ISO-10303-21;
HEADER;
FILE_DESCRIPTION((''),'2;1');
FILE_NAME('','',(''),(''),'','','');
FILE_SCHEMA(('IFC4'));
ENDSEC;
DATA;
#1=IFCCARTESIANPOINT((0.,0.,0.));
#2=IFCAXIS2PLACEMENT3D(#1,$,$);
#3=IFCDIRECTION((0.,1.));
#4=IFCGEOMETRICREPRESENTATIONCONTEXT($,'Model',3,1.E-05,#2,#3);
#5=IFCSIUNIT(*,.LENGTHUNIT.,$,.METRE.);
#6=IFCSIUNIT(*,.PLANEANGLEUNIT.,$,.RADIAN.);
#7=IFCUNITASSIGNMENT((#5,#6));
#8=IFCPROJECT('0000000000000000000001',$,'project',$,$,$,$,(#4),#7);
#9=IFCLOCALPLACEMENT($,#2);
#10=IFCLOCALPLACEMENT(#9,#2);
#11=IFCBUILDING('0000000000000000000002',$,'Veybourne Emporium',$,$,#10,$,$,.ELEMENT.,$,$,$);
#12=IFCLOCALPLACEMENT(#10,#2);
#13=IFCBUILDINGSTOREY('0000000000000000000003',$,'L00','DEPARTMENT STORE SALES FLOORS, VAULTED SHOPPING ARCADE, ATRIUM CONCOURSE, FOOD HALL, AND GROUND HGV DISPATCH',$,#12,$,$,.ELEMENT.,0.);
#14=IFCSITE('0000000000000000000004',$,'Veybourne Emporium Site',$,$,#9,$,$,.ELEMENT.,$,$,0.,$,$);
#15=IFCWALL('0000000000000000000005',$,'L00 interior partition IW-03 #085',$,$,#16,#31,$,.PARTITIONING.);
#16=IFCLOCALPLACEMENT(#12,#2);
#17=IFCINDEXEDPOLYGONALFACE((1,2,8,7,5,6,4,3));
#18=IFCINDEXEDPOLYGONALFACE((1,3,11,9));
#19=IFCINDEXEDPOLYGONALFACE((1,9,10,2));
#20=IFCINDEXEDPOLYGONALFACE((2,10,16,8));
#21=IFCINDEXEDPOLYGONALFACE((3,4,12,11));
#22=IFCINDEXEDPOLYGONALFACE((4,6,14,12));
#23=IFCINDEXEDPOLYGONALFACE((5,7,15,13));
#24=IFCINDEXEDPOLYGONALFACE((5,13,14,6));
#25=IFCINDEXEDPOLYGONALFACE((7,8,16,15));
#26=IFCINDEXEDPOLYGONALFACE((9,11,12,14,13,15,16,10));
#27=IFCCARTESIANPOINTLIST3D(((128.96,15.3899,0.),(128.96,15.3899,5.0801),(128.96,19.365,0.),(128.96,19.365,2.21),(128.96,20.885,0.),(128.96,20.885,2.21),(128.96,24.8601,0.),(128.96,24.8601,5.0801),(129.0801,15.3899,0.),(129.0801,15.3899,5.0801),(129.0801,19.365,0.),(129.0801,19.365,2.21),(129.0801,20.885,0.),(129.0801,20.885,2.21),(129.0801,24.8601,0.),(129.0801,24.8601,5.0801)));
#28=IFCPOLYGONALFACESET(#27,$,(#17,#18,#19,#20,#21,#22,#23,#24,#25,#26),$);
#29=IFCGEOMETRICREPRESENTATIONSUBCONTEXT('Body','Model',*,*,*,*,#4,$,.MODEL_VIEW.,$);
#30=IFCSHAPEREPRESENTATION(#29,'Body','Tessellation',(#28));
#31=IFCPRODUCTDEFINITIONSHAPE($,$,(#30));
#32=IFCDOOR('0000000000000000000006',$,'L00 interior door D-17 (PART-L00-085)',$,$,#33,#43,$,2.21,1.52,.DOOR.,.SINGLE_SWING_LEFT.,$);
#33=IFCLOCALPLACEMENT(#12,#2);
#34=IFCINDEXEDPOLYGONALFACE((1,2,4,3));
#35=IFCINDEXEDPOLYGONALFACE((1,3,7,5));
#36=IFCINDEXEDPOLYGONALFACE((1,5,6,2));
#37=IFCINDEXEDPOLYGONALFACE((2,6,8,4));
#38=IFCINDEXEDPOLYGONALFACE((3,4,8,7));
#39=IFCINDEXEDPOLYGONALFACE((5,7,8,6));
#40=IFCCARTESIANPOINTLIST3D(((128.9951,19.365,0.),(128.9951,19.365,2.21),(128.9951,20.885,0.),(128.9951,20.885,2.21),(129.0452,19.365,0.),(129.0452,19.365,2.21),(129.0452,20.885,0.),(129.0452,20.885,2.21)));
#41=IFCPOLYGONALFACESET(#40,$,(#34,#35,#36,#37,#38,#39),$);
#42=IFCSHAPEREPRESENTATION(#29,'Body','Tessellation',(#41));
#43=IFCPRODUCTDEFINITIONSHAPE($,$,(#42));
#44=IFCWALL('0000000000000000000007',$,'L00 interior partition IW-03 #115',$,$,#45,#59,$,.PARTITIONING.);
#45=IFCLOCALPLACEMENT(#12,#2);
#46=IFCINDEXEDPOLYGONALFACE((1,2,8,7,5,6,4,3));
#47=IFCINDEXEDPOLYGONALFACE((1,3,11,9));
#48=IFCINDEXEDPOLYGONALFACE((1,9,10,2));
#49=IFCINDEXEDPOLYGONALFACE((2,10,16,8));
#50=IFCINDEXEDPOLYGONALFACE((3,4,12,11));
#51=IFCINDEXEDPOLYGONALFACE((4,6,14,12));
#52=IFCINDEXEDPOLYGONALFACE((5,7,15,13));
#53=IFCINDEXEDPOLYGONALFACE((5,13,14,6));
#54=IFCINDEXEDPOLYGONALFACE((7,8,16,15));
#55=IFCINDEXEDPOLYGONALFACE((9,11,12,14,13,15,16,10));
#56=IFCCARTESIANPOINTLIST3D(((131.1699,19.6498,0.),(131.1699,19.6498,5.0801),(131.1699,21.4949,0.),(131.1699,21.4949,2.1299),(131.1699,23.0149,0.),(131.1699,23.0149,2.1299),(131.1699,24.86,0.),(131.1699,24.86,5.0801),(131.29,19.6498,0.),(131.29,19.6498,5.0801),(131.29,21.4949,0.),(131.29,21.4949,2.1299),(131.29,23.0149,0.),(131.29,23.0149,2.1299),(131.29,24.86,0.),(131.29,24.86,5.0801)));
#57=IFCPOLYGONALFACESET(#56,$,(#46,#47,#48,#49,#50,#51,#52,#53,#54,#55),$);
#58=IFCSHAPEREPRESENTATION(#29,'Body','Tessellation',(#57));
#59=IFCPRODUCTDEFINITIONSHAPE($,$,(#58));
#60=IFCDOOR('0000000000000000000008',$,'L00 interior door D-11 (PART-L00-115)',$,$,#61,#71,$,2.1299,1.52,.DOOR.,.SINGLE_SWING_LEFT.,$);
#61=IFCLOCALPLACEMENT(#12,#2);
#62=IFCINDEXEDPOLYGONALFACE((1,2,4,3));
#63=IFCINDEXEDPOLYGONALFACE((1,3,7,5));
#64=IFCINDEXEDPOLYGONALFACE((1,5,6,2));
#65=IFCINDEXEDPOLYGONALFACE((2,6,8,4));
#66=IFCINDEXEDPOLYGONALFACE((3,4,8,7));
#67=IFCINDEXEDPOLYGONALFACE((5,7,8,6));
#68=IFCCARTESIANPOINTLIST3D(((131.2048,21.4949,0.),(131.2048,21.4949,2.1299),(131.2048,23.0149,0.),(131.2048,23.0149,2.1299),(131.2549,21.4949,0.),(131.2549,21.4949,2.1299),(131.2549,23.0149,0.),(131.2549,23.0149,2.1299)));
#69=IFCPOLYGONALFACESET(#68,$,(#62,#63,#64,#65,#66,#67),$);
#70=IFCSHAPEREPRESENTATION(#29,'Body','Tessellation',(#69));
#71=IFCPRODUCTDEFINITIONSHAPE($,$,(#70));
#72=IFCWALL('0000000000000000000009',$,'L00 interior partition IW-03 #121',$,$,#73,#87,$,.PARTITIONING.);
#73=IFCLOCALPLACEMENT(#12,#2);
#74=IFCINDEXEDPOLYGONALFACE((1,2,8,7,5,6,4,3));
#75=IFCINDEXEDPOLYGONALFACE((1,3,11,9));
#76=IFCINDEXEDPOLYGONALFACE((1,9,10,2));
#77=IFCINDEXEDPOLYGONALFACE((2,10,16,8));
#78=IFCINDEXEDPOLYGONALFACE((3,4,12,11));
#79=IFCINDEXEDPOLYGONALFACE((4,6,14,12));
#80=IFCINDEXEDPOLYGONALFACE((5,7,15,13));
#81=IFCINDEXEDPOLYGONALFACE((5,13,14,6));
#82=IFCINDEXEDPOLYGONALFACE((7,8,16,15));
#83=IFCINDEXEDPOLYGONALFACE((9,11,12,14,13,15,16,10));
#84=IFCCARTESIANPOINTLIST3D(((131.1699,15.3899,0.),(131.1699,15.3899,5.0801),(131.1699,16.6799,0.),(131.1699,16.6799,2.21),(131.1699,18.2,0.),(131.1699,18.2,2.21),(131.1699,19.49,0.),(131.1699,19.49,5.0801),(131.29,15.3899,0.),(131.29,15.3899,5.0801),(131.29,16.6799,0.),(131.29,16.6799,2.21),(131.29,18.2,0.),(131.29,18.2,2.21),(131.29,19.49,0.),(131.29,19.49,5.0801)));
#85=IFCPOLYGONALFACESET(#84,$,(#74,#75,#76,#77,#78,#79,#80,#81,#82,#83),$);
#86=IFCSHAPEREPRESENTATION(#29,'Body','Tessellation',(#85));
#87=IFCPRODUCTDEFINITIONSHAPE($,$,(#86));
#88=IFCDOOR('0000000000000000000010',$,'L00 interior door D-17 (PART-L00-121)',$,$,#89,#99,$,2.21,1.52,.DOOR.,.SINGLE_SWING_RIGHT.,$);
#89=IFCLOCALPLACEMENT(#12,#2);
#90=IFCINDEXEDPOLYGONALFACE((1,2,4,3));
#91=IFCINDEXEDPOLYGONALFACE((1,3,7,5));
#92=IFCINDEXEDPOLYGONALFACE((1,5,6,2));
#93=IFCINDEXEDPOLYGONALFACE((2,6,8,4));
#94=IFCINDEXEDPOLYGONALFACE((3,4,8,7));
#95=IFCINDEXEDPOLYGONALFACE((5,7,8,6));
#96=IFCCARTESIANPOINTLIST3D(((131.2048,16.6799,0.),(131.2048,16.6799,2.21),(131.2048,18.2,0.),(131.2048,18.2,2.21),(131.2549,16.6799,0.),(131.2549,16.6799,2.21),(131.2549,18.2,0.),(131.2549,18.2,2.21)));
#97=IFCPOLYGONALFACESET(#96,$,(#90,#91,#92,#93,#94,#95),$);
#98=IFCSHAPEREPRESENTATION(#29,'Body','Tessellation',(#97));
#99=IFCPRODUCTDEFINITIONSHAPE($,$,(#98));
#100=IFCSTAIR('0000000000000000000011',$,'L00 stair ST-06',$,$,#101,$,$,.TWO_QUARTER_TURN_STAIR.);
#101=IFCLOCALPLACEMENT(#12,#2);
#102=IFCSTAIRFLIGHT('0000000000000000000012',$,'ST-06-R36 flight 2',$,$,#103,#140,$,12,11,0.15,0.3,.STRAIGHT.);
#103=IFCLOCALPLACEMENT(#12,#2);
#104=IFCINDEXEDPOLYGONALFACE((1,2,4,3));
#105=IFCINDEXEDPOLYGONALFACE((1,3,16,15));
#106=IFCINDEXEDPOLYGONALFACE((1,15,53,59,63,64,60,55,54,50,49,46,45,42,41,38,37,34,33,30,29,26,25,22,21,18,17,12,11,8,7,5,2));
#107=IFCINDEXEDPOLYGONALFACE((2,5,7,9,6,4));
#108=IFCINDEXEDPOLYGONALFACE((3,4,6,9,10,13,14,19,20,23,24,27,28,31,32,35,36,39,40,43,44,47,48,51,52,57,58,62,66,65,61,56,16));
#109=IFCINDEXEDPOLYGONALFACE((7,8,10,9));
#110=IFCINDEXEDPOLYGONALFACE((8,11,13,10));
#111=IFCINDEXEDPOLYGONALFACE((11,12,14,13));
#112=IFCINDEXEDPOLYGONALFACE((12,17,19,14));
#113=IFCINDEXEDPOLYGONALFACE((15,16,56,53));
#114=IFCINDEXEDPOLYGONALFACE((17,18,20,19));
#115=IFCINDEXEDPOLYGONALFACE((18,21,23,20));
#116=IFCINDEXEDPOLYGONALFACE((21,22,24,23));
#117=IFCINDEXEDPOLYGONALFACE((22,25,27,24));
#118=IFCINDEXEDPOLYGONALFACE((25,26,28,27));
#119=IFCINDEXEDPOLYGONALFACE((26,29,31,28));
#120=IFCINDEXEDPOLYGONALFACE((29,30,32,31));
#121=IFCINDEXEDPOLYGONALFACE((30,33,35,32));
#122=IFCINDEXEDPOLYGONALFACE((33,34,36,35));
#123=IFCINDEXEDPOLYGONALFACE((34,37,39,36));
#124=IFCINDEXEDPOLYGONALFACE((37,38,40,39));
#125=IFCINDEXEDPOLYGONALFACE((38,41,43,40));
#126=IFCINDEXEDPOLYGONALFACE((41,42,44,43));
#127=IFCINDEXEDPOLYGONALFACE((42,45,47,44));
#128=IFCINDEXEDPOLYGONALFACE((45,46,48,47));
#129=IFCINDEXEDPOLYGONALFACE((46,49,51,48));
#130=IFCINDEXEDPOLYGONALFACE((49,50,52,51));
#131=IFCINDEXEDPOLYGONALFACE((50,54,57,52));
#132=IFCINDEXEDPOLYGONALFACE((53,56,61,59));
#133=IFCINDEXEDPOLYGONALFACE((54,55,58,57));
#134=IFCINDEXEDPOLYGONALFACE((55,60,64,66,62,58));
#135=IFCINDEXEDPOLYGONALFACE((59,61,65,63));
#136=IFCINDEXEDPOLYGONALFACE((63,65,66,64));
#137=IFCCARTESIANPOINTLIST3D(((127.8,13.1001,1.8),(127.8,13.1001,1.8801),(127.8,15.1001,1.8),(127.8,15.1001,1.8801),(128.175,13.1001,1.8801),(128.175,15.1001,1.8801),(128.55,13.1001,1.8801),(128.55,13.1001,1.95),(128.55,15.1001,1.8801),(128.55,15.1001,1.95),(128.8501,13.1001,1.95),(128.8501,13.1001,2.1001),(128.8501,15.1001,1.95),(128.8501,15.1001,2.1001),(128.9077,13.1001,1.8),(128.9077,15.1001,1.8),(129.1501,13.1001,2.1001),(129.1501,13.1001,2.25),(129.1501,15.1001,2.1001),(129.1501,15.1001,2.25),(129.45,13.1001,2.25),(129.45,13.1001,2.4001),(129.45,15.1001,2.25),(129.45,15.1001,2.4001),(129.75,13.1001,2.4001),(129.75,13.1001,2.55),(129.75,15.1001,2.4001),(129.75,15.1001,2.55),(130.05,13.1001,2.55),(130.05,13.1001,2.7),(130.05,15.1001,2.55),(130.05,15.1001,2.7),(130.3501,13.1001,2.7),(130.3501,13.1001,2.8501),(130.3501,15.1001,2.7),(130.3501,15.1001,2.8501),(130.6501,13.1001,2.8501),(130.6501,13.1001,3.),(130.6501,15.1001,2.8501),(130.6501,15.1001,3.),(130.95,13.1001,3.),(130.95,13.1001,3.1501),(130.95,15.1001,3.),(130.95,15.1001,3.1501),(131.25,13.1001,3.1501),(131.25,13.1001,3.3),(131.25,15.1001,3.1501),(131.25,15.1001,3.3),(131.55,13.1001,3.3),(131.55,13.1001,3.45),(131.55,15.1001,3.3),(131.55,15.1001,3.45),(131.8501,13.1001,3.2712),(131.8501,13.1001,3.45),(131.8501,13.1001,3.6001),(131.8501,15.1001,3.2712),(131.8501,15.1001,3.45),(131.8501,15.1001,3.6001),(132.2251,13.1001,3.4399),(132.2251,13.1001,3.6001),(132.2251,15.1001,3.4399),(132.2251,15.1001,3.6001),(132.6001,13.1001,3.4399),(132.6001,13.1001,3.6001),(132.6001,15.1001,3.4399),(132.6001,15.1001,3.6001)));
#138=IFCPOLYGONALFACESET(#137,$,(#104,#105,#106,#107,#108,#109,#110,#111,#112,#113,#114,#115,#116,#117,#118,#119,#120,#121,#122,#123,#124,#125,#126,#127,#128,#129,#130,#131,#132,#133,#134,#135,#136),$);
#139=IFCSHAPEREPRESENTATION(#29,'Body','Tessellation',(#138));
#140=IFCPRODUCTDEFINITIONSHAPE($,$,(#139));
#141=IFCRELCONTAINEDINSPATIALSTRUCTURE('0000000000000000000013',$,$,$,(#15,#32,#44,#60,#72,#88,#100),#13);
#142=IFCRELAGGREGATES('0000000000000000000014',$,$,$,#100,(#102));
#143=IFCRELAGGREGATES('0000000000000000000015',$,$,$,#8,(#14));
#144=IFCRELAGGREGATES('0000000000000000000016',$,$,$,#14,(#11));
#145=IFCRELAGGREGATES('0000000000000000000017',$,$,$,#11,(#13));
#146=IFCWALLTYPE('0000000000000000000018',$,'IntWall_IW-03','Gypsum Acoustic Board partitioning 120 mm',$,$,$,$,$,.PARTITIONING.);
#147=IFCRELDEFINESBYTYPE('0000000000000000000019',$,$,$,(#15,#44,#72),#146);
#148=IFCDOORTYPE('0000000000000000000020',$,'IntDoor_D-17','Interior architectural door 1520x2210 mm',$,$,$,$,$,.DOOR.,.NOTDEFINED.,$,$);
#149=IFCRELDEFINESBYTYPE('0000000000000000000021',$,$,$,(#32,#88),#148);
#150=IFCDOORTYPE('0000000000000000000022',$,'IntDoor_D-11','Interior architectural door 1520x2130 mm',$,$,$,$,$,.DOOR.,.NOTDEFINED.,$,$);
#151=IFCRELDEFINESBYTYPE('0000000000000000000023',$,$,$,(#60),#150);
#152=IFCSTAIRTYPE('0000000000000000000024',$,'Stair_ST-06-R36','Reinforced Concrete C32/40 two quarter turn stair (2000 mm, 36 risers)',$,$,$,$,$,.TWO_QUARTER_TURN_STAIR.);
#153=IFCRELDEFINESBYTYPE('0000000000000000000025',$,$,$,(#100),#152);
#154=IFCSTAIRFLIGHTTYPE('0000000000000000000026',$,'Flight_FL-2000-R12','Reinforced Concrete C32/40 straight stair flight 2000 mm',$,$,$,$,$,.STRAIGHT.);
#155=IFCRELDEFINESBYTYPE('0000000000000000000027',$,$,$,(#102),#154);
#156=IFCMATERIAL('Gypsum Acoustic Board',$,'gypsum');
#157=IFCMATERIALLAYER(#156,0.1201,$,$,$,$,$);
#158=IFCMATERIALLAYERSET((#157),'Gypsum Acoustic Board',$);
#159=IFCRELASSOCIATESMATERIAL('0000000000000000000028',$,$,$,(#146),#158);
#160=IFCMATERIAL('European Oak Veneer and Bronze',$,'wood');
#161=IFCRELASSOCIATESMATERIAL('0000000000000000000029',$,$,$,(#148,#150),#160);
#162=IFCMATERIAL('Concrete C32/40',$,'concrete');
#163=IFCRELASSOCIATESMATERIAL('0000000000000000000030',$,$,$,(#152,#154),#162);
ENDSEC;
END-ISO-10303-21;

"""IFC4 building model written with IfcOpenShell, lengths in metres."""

from ifc_helpers import new_model, si_unit, direction, frame, frame_2d, origin, place, context, subcontext, project, spatial, polyline, rectangle, outline, extrude, material, layer, layer_set, type_object, element, fill, aggregate, save


model = new_model("IFC4")

# Units and contexts
model_context = context("Model", 3, precision=1e-05, world=origin(), true_north=direction((0.0, 1.0)))
body_context = subcontext(model_context, "Body", "Model", "MODEL_VIEW")
ifc_project = project(units=[si_unit("LENGTHUNIT", "METRE"), si_unit("PLANEANGLEUNIT", "RADIAN")], contexts=[model_context])

# Site, building, storey
site_placement = place(None, origin())
site = spatial("IfcSite", under=ifc_project, at=site_placement, Name="Veybourne Emporium Site", CompositionType="ELEMENT", RefElevation=0.0)
building_placement = place(site_placement, origin())
building = spatial("IfcBuilding", under=site, at=building_placement, Name="Veybourne Emporium", CompositionType="ELEMENT")
storey_placement = place(building_placement, origin())
storey = spatial("IfcBuildingStorey", under=building, at=storey_placement, Name="L00", Description="DEPARTMENT STORE SALES FLOORS, VAULTED SHOPPING ARCADE, ATRIUM CONCOURSE, FOOD HALL, AND GROUND HGV DISPATCH", CompositionType="ELEMENT", Elevation=0.0)

# Shared definitions
ifc_material_1 = material(Name="Concrete C32/40", Category="concrete")

# Shared definitions
ifc_material_2 = material(Name="Gypsum Acoustic Board", Category="gypsum")
ifc_material_3 = material(Name="European Oak Veneer and Bronze", Category="wood")

# Walls, openings, doors
ifc_layer_1 = layer(ifc_material_2, 0.1201)
ifc_layer_set_1 = layer_set([ifc_layer_1], Name="Gypsum Acoustic Board")
wall_type_1 = type_object("IfcWallType", Name="IntWall_IW-03", Description="Gypsum Acoustic Board partitioning 120 mm", PredefinedType="PARTITIONING", material=ifc_layer_set_1)
wall_1_placement = place(storey_placement, frame((129.02, 15.3899, 0.0), z_axis=(0.0, 0.0, 1.0), x_axis=(0.0, 1.0, 0.0)))
wall_1 = element("IfcWall", 1, at=wall_1_placement, inside=storey, type_object=wall_type_1, Name="L00 interior partition IW-03 #085", PredefinedType="PARTITIONING", context=body_context, shape_type="SweptSolid", body=[
    extrude(rectangle(XDim=9.4702, YDim=0.1201, at=frame_2d((4.7351, 0.0))), origin(), (0.0, 0.0, 1.0), 5.0801),
])
opening_1_placement = place(wall_1_placement, frame((3.9751, 0.0, 0.0)))
opening_1 = element("IfcOpeningElement", 2, at=opening_1_placement, cuts=wall_1, PredefinedType="OPENING", context=body_context, shape_type="SweptSolid", body=[
    extrude(rectangle(XDim=1.52, YDim=2.21, at=frame_2d((0.76, 1.105))), frame((0.0, 0.0801, 0.0), z_axis=(0.0, -1.0, 0.0), x_axis=(1.0, 0.0, 0.0)), (0.0, 0.0, 1.0), 0.1602),
])
door_type_1 = type_object("IfcDoorType", Name="IntDoor_D-17", Description="Interior architectural door 1520x2210 mm", OperationType="NOTDEFINED", PredefinedType="DOOR", material=ifc_material_3)
door_1_placement = place(opening_1_placement, origin())
door_1 = element("IfcDoor", 3, at=door_1_placement, inside=storey, type_object=door_type_1, Name="L00 interior door D-17 (PART-L00-085)", OperationType="SINGLE_SWING_LEFT", OverallHeight=2.21, OverallWidth=1.52, PredefinedType="DOOR", context=body_context, shape_type="SweptSolid", body=[
    extrude(rectangle(XDim=1.52, YDim=2.21, at=frame_2d((0.76, 1.105))), frame((0.0, 0.0249, 0.0), z_axis=(0.0, -1.0, 0.0), x_axis=(1.0, 0.0, 0.0)), (0.0, 0.0, 1.0), 0.05),
])
fill(opening_1, door_1)
wall_2_placement = place(storey_placement, frame((131.23, 19.6499, 0.0), z_axis=(0.0, 0.0, 1.0), x_axis=(0.0, 1.0, 0.0)))
wall_2 = element("IfcWall", 4, at=wall_2_placement, inside=storey, type_object=wall_type_1, Name="L00 interior partition IW-03 #115", PredefinedType="PARTITIONING", context=body_context, shape_type="SweptSolid", body=[
    extrude(rectangle(XDim=5.2102, YDim=0.1201, at=frame_2d((2.605, 0.0))), origin(), (0.0, 0.0, 1.0), 5.0801),
])
opening_2_placement = place(wall_2_placement, frame((1.845, 0.0, 0.0)))
opening_2 = element("IfcOpeningElement", 5, at=opening_2_placement, cuts=wall_2, PredefinedType="OPENING", context=body_context, shape_type="SweptSolid", body=[
    extrude(rectangle(XDim=1.52, YDim=2.1299, at=frame_2d((0.76, 1.0649))), frame((0.0, 0.0801, 0.0), z_axis=(0.0, -1.0, 0.0), x_axis=(1.0, 0.0, 0.0)), (0.0, 0.0, 1.0), 0.1602),
])
door_type_2 = type_object("IfcDoorType", Name="IntDoor_D-11", Description="Interior architectural door 1520x2130 mm", OperationType="NOTDEFINED", PredefinedType="DOOR", material=ifc_material_3)
door_2_placement = place(opening_2_placement, frame((1.52, 0.0, 0.0), z_axis=(0.0, 0.0, 1.0), x_axis=(-1.0, 0.0, 0.0)))
door_2 = element("IfcDoor", 6, at=door_2_placement, inside=storey, type_object=door_type_2, Name="L00 interior door D-11 (PART-L00-115)", OperationType="SINGLE_SWING_LEFT", OverallHeight=2.1299, OverallWidth=1.52, PredefinedType="DOOR", context=body_context, shape_type="SweptSolid", body=[
    extrude(rectangle(XDim=1.52, YDim=2.1299, at=frame_2d((0.76, 1.0649))), frame((0.0, 0.0249, 0.0), z_axis=(0.0, -1.0, 0.0), x_axis=(1.0, 0.0, 0.0)), (0.0, 0.0, 1.0), 0.05),
])
fill(opening_2, door_2)
wall_3_placement = place(storey_placement, frame((131.23, 15.3899, 0.0), z_axis=(0.0, 0.0, 1.0), x_axis=(0.0, 1.0, 0.0)))
wall_3 = element("IfcWall", 7, at=wall_3_placement, inside=storey, type_object=wall_type_1, Name="L00 interior partition IW-03 #121", PredefinedType="PARTITIONING", context=body_context, shape_type="SweptSolid", body=[
    extrude(rectangle(XDim=4.1001, YDim=0.1201, at=frame_2d((2.05, 0.0))), origin(), (0.0, 0.0, 1.0), 5.0801),
])
opening_3_placement = place(wall_3_placement, frame((1.29, 0.0, 0.0)))
opening_3 = element("IfcOpeningElement", 8, at=opening_3_placement, cuts=wall_3, PredefinedType="OPENING", context=body_context, shape_type="SweptSolid", body=[
    extrude(rectangle(XDim=1.52, YDim=2.21, at=frame_2d((0.76, 1.105))), frame((0.0, 0.0801, 0.0), z_axis=(0.0, -1.0, 0.0), x_axis=(1.0, 0.0, 0.0)), (0.0, 0.0, 1.0), 0.1602),
])
door_3_placement = place(opening_3_placement, frame((1.52, 0.0, 0.0), z_axis=(0.0, 0.0, 1.0), x_axis=(-1.0, 0.0, 0.0)))
door_3 = element("IfcDoor", 9, at=door_3_placement, inside=storey, type_object=door_type_1, Name="L00 interior door D-17 (PART-L00-121)", OperationType="SINGLE_SWING_RIGHT", OverallHeight=2.21, OverallWidth=1.52, PredefinedType="DOOR", context=body_context, shape_type="SweptSolid", body=[
    extrude(rectangle(XDim=1.52, YDim=2.21, at=frame_2d((0.76, 1.105))), frame((0.0, 0.0249, 0.0), z_axis=(0.0, -1.0, 0.0), x_axis=(1.0, 0.0, 0.0)), (0.0, 0.0, 1.0), 0.05),
])
fill(opening_3, door_3)

# Stair, stair flight
stair_type = type_object("IfcStairType", Name="Stair_ST-06-R36", Description="Reinforced Concrete C32/40 two quarter turn stair (2000 mm, 36 risers)", PredefinedType="TWO_QUARTER_TURN_STAIR", material=ifc_material_1)
stair_placement = place(storey_placement, origin())
stair = element("IfcStair", 10, at=stair_placement, inside=storey, type_object=stair_type, Name="L00 stair ST-06", PredefinedType="TWO_QUARTER_TURN_STAIR")
stair_flight_type = type_object("IfcStairFlightType", Name="Flight_FL-2000-R12", Description="Reinforced Concrete C32/40 straight stair flight 2000 mm", PredefinedType="STRAIGHT", material=ifc_material_1)
stair_flight_placement = place(storey_placement, frame((128.55, 14.1001, 1.8), z_axis=(0.0, 0.0, 1.0), x_axis=(1.0, 0.0, 0.0)))
stair_flight = element("IfcStairFlight", 11, at=stair_flight_placement, type_object=stair_flight_type, Name="ST-06-R36 flight 2", NumberOfRisers=12, NumberOfTreads=11, PredefinedType="STRAIGHT", RiserHeight=0.15, TreadLength=0.3, context=body_context, shape_type="SweptSolid", body=[
    extrude(outline(polyline([(-0.75, 0.0), (-0.75, 0.0801), (-0.375, 0.0801), (0.0, 0.0801), (0.0, 0.1499), (0.3, 0.1499), (0.3, 0.3), (0.6001, 0.3), (0.6001, 0.45), (0.8999, 0.45), (0.8999, 0.6001), (1.2, 0.6001), (1.2, 0.75), (1.5, 0.75), (1.5, 0.8999), (1.8, 0.8999), (1.8, 1.05), (2.1001, 1.05), (2.1001, 1.2), (2.3999, 1.2), (2.3999, 1.3501), (2.7, 1.3501), (2.7, 1.5), (3.0, 1.5), (3.0, 1.6499), (3.3, 1.6499), (3.3, 1.8), (3.675, 1.8), (4.05, 1.8), (4.05, 1.6399), (3.675, 1.6399), (3.3, 1.4712), (0.3577, 0.0), (-0.75, 0.0)])), frame((0.0, 1.0, 0.0), z_axis=(0.0, -1.0, 0.0), x_axis=(1.0, 0.0, 0.0)), (0.0, 0.0, 1.0), 2.0),
])
aggregate(stair, [stair_flight])

save(model, "model.ifc")
